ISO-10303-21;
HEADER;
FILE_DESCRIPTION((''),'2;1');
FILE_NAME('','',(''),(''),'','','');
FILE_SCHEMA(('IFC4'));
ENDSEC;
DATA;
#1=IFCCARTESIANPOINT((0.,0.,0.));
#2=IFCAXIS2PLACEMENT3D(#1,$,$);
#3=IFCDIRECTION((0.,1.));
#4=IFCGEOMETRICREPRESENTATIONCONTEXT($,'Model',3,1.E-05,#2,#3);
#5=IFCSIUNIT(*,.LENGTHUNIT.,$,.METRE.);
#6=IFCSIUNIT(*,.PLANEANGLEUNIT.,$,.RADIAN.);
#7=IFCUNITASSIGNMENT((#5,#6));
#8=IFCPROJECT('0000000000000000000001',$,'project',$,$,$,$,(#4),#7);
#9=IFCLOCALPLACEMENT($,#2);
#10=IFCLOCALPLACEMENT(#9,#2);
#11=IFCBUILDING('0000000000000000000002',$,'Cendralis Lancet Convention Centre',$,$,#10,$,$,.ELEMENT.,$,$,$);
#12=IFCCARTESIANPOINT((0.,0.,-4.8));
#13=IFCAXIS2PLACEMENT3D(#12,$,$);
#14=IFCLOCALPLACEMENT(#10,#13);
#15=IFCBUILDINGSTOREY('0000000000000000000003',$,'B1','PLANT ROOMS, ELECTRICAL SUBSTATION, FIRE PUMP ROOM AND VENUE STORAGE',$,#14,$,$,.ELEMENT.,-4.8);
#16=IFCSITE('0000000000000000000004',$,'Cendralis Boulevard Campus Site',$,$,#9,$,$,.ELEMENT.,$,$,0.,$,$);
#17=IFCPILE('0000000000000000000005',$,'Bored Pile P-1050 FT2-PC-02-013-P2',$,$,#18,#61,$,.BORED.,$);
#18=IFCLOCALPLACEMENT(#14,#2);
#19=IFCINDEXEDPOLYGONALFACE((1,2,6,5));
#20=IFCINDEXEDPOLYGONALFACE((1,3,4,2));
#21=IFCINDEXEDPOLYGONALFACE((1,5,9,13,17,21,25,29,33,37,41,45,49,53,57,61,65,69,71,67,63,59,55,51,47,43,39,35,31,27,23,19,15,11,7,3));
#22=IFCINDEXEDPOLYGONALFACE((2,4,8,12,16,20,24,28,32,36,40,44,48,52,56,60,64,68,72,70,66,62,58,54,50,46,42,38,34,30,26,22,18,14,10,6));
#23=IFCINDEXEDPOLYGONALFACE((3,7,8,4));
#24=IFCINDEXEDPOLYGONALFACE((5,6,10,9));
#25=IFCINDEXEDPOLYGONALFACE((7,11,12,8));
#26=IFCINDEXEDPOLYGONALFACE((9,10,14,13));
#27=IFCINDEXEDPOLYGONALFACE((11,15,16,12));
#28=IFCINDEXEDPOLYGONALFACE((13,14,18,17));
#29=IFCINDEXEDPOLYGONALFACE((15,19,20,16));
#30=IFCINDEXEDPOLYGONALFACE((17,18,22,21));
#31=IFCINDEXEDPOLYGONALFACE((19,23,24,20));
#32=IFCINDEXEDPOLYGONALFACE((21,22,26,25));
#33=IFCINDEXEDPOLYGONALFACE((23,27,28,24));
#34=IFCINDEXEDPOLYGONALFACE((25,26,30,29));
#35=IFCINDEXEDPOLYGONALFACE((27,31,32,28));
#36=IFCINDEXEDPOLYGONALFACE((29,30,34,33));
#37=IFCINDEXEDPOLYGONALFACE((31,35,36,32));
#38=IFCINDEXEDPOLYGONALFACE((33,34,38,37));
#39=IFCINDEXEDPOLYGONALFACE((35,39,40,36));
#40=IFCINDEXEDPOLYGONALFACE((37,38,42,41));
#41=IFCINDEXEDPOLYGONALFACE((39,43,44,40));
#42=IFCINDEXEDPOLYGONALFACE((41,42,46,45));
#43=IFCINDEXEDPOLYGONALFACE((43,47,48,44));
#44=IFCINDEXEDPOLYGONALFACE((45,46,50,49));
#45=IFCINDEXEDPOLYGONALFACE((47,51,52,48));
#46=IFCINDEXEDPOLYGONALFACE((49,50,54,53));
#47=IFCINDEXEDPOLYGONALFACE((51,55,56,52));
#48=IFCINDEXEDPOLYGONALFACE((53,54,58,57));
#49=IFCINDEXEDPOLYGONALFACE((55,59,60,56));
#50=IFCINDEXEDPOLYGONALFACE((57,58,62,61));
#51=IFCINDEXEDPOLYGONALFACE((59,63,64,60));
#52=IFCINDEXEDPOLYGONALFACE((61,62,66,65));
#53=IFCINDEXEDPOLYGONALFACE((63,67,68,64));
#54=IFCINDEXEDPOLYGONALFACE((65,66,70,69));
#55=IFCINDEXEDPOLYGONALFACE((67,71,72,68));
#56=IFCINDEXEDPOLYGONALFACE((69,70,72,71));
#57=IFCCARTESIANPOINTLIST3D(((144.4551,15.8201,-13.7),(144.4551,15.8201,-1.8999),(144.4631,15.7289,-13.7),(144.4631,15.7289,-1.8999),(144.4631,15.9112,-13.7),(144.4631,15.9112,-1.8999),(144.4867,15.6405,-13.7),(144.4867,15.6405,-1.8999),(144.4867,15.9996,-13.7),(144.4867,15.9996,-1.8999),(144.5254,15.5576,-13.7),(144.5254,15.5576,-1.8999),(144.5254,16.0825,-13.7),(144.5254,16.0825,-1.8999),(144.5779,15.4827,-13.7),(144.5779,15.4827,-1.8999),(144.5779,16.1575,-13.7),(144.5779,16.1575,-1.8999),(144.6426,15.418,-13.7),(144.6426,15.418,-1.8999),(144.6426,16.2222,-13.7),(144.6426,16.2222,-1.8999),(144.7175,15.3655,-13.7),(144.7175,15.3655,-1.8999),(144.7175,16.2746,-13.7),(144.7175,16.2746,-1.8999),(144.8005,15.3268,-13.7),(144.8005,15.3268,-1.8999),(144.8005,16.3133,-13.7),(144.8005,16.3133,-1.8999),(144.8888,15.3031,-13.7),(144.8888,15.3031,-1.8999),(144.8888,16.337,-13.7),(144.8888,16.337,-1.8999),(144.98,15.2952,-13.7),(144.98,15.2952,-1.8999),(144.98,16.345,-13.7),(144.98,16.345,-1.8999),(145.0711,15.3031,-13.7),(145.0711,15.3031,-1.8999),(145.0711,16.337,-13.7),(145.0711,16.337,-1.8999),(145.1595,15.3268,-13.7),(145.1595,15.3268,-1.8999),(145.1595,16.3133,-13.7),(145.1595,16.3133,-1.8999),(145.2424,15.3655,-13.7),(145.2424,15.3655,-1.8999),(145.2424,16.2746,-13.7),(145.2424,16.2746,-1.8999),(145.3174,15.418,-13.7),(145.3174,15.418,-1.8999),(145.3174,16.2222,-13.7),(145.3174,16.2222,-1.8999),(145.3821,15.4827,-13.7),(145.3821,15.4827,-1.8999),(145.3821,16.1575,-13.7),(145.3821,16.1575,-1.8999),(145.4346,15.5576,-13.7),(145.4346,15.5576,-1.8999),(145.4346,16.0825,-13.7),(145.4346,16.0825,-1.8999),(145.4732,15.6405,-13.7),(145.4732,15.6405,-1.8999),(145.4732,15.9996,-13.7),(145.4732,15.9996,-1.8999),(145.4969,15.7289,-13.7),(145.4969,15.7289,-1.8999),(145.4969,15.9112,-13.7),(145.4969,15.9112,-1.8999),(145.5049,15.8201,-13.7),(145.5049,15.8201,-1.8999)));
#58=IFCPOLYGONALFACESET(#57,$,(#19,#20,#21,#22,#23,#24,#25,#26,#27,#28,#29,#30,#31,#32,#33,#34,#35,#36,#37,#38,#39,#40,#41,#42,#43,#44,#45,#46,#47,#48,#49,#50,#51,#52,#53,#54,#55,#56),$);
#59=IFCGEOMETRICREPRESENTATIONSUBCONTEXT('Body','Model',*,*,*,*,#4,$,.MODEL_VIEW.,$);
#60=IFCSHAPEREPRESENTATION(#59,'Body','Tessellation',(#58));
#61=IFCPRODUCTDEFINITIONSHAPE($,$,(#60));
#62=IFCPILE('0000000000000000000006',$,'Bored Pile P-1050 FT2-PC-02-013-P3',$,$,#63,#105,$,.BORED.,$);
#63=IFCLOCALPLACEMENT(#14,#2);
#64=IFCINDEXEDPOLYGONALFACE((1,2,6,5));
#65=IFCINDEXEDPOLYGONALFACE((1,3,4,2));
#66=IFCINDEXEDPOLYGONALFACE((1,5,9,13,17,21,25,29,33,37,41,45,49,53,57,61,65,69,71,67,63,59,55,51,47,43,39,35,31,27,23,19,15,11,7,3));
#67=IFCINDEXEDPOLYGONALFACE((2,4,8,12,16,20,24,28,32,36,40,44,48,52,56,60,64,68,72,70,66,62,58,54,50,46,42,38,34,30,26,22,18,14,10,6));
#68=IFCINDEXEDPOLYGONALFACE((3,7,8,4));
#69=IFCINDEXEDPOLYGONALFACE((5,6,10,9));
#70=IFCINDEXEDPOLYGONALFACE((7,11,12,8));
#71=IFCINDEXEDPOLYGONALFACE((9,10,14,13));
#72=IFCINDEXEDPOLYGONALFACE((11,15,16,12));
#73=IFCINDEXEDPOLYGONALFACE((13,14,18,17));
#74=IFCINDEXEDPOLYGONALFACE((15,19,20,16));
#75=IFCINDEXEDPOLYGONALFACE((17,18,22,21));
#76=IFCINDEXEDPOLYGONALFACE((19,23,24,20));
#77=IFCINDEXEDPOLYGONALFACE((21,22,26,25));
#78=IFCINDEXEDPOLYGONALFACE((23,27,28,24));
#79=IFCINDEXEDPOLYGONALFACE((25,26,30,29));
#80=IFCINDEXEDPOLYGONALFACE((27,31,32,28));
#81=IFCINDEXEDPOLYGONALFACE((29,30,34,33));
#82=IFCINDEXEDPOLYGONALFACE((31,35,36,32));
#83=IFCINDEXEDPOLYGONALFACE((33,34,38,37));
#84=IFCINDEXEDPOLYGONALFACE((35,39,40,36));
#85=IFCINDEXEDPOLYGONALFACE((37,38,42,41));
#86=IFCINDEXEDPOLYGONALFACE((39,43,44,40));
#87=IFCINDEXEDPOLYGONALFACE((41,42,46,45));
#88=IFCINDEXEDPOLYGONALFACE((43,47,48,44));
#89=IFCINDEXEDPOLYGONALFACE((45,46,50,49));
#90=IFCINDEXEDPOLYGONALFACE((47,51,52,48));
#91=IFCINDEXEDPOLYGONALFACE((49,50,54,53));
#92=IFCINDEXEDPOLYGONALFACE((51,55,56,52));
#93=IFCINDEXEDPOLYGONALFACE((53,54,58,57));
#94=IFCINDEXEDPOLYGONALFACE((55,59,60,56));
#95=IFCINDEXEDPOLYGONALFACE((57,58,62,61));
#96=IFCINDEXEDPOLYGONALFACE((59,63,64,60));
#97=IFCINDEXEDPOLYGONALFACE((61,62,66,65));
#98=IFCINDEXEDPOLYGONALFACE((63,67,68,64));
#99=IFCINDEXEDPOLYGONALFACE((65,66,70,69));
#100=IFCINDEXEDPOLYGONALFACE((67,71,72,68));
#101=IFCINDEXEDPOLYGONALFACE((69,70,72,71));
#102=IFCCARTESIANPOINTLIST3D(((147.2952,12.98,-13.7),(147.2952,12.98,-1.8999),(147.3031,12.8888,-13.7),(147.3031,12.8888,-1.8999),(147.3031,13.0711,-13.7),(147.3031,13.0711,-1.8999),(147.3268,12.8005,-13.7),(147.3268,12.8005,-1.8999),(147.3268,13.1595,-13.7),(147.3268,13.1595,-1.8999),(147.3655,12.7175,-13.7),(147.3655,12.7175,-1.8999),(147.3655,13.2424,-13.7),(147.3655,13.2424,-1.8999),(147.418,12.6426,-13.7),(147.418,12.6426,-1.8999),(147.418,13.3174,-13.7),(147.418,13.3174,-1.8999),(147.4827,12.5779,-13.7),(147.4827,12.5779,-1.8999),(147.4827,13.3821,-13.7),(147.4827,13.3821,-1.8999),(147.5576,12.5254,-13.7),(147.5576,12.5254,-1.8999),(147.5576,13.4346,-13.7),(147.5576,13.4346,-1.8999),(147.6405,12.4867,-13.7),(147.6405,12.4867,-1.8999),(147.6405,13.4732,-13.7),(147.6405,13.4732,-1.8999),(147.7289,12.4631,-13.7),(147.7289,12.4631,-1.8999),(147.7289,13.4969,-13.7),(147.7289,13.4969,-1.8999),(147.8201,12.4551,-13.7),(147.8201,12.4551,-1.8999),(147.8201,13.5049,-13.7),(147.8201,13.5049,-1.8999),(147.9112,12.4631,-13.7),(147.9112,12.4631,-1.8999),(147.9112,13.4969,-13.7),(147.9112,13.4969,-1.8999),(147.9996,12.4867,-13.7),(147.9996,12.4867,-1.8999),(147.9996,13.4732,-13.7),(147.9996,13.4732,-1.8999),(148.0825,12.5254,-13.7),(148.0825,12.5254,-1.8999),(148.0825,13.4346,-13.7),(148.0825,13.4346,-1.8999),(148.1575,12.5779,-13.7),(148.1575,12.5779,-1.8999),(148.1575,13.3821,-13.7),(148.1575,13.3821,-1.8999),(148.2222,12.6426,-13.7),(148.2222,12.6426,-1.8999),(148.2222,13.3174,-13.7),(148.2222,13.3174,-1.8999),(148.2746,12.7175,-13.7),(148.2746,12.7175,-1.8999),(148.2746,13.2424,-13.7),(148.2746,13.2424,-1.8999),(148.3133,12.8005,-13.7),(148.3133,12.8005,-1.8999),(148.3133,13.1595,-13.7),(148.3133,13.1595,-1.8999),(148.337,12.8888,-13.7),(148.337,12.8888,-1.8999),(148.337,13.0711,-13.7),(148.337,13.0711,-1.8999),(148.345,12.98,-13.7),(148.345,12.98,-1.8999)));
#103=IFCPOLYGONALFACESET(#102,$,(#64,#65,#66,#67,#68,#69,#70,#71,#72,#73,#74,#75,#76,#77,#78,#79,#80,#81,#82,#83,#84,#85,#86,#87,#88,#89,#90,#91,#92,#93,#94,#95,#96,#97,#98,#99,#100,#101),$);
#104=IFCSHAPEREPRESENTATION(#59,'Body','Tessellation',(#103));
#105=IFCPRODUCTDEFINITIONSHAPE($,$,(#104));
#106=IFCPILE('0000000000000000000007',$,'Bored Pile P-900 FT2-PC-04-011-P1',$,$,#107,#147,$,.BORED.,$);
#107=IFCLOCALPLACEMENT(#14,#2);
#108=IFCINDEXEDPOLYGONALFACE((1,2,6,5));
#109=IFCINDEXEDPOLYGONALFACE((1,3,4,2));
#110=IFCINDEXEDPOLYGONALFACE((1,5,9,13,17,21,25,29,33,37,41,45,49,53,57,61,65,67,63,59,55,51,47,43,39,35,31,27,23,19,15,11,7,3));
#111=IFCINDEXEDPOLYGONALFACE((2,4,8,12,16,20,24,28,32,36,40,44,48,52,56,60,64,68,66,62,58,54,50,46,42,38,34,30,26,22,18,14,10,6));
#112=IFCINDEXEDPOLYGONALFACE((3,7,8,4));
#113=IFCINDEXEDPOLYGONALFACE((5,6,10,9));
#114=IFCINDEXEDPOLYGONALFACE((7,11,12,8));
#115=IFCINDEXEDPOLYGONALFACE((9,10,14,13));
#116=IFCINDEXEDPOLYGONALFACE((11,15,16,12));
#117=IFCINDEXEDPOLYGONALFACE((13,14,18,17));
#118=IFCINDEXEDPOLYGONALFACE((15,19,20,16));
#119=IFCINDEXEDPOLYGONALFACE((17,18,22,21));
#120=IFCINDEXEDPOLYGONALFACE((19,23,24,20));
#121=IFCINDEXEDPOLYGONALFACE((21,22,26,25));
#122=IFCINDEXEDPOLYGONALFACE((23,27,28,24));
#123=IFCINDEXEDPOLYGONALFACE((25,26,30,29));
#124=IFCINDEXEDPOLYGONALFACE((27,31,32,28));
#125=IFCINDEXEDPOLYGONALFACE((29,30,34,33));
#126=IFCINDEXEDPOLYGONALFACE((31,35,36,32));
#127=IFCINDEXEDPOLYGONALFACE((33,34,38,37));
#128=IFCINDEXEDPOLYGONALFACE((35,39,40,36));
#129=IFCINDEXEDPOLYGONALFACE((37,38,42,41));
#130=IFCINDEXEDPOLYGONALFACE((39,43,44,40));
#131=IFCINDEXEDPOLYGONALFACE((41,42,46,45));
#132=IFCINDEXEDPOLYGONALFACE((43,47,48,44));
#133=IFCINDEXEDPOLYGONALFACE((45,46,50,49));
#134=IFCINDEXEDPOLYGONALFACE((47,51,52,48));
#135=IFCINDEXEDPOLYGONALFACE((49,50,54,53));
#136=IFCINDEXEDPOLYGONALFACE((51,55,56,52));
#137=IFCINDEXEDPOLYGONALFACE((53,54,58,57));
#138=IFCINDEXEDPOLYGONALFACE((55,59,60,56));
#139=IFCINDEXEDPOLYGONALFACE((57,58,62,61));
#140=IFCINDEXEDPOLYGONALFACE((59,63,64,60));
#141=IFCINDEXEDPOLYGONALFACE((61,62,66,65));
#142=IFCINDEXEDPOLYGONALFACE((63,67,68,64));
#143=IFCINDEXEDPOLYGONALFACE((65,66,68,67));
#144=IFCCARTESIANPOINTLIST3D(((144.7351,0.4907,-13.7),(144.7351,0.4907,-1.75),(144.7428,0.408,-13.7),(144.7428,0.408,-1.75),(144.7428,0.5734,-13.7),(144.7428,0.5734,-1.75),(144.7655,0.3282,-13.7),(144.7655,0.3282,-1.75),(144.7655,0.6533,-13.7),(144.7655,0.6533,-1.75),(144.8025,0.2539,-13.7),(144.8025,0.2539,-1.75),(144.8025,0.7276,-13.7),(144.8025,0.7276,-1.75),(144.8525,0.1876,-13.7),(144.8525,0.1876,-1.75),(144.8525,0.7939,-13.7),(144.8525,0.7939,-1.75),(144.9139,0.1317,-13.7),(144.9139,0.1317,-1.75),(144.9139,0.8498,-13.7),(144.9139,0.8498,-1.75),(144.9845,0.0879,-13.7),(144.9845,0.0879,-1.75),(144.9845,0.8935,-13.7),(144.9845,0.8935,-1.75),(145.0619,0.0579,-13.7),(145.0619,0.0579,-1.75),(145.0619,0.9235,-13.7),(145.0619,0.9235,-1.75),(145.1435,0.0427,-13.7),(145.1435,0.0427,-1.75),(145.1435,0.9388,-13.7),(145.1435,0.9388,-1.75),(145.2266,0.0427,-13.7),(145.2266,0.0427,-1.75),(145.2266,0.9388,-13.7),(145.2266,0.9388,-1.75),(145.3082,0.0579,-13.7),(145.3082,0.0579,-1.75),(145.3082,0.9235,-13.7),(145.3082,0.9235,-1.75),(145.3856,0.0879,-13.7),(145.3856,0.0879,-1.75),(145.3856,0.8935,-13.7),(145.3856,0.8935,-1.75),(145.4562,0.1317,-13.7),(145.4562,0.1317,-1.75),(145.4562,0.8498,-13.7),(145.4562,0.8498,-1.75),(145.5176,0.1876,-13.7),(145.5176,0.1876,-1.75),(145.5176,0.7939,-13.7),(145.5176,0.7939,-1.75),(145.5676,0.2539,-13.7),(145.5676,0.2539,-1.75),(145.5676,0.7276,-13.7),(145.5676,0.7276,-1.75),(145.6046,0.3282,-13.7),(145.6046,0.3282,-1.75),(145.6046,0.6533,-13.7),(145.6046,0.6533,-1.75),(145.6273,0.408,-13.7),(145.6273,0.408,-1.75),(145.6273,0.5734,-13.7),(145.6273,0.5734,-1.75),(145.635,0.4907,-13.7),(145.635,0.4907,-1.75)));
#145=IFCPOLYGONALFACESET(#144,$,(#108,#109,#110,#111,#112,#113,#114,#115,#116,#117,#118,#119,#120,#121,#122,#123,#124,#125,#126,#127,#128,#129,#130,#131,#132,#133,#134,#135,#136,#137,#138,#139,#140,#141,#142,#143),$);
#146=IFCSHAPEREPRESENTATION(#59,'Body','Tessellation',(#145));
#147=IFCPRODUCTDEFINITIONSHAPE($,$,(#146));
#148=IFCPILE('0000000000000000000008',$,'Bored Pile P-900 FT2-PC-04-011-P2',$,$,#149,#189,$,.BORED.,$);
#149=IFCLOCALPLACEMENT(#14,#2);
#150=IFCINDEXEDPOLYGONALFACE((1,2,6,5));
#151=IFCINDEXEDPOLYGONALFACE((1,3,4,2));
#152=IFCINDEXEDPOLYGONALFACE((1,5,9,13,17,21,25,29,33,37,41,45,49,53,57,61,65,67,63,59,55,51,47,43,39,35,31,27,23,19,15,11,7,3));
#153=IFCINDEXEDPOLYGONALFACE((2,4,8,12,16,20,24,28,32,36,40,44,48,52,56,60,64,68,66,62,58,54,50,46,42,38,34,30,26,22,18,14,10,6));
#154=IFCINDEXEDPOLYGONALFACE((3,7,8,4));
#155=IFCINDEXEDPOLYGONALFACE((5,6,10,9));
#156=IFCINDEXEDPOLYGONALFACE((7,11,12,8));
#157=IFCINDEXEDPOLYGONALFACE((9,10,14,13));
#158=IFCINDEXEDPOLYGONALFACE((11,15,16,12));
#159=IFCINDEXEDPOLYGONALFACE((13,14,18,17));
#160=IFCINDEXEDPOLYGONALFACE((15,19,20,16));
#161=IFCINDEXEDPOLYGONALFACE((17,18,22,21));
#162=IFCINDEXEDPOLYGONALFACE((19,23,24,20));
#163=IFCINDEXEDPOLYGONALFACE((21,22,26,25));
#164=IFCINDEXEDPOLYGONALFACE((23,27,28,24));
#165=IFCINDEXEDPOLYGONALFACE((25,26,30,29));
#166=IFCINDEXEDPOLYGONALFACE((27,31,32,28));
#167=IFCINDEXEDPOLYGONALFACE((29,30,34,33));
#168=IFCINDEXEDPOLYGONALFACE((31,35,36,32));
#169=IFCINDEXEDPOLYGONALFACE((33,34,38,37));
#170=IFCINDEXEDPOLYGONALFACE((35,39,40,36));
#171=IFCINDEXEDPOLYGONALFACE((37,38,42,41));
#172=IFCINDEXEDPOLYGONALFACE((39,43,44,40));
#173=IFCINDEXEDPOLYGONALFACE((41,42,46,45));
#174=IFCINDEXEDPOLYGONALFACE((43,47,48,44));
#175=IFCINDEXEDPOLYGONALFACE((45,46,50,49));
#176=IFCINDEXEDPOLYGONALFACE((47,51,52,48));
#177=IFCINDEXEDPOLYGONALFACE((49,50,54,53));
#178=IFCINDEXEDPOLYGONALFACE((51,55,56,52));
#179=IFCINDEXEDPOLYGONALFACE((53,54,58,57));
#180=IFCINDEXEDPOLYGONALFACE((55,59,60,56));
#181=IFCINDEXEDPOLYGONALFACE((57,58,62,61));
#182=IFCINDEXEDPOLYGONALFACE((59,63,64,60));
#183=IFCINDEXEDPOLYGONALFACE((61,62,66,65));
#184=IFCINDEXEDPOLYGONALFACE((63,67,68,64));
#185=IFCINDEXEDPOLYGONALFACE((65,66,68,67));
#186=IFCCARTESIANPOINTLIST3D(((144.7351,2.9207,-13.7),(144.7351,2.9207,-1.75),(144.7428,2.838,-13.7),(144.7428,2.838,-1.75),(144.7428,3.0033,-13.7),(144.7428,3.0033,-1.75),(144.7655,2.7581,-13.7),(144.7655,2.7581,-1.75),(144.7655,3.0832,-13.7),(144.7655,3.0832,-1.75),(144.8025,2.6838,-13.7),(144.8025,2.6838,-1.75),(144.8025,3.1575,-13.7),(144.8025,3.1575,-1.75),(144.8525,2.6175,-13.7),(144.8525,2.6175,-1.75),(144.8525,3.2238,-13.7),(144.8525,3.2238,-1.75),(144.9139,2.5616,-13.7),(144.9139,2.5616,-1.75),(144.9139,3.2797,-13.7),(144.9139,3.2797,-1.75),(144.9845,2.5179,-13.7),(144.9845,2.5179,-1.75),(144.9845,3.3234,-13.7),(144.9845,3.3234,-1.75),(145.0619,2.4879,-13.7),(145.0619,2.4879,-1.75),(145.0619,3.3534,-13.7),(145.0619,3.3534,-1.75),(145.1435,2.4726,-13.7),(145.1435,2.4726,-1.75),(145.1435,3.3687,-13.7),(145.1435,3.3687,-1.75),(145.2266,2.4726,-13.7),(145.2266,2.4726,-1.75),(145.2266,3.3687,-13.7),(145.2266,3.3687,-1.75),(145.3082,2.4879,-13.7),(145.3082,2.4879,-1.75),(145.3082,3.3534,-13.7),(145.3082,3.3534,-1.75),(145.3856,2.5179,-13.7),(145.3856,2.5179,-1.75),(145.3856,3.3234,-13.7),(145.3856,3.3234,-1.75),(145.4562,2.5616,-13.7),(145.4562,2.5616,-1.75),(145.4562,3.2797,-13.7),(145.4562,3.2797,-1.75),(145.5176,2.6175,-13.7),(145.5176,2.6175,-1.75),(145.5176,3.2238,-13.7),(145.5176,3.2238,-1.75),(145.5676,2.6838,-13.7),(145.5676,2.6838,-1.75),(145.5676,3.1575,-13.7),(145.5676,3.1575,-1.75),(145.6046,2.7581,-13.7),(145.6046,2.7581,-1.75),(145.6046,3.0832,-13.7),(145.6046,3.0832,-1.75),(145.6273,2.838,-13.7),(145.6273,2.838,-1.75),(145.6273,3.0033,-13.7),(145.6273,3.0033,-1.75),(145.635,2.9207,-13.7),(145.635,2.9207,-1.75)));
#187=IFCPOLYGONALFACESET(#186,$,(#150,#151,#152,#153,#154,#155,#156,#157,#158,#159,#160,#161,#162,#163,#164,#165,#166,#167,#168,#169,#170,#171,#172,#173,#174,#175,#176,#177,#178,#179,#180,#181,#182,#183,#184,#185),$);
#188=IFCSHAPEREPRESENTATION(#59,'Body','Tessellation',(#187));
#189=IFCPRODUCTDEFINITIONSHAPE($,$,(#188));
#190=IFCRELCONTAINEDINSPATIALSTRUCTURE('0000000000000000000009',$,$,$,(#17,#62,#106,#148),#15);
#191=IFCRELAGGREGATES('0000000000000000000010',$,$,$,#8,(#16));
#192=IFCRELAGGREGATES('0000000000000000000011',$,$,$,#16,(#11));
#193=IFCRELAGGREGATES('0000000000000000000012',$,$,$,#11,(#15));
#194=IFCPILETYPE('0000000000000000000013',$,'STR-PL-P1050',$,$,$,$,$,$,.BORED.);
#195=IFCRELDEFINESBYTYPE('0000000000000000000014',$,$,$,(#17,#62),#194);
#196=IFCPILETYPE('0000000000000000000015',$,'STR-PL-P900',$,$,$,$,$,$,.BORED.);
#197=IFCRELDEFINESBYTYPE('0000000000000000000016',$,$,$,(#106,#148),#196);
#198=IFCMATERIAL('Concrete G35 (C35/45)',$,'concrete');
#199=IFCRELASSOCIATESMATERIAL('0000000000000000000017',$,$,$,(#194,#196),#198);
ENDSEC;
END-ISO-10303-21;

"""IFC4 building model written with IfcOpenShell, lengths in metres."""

from ifc_helpers import new_model, si_unit, direction, frame, origin, origin_2d, place, context, subcontext, project, spatial, circle, extrude, material, material_profile, profile_set, type_object, element, save


model = new_model("IFC4")

# Units and contexts
model_context = context("Model", 3, precision=1e-05, world=origin(), true_north=direction((0.0, 1.0)))
body_context = subcontext(model_context, "Body", "Model", "MODEL_VIEW")
ifc_project = project(units=[si_unit("LENGTHUNIT", "METRE"), si_unit("PLANEANGLEUNIT", "RADIAN")], contexts=[model_context])

# Site, building, storey
site_placement = place(None, origin())
site = spatial("IfcSite", under=ifc_project, at=site_placement, Name="Cendralis Boulevard Campus Site", CompositionType="ELEMENT", RefElevation=0.0)
building_placement = place(site_placement, origin())
building = spatial("IfcBuilding", under=site, at=building_placement, Name="Cendralis Lancet Convention Centre", CompositionType="ELEMENT")
storey_placement = place(building_placement, frame((0.0, 0.0, -4.8)))
storey = spatial("IfcBuildingStorey", under=building, at=storey_placement, Name="B1", Description="PLANT ROOMS, ELECTRICAL SUBSTATION, FIRE PUMP ROOM AND VENUE STORAGE", CompositionType="ELEMENT", Elevation=-4.8)

# Shared definitions
ifc_material_1 = material(Name="Concrete G35 (C35/45)", Category="concrete")

# Piles
ifc_material_profile_1 = material_profile(ifc_material_1, circle(Radius=0.5249, at=origin_2d()), Name="BORED PILE D1050")
ifc_profile_set_1 = profile_set([ifc_material_profile_1], Name="Concrete G35 (C35/45)")
pile_type_1 = type_object("IfcPileType", Name="STR-PL-P1050", PredefinedType="BORED", material=ifc_profile_set_1)
for number, where, z_axis, x_axis, name in (
    (1, (144.98, 15.8201, -1.8999), (0.0, 0.0, -1.0), (1.0, 0.0, 0.0), "Bored Pile P-1050 FT2-PC-02-013-P2"),
    (2, (147.8201, 12.98, -1.8999), (0.0, 0.0, -1.0), (1.0, 0.0, 0.0), "Bored Pile P-1050 FT2-PC-02-013-P3"),
):
    element("IfcPile", number, at=place(storey_placement, frame(where, z_axis=z_axis, x_axis=x_axis)), inside=storey, type_object=pile_type_1, Name=name, PredefinedType="BORED", context=body_context, shape_type="SweptSolid", body=[
        extrude(circle(Radius=0.5249, at=origin_2d()), origin(), (0.0, 0.0, 1.0), 11.8),
    ])
ifc_material_profile_2 = material_profile(ifc_material_1, circle(Radius=0.45, at=origin_2d()), Name="BORED PILE D900")
ifc_profile_set_2 = profile_set([ifc_material_profile_2], Name="Concrete G35 (C35/45)")
pile_type_2 = type_object("IfcPileType", Name="STR-PL-P900", PredefinedType="BORED", material=ifc_profile_set_2)
for number, where, z_axis, x_axis, name in (
    (3, (145.1851, 0.4907, -1.75), (0.0, 0.0, -1.0), (1.0, 0.0, 0.0), "Bored Pile P-900 FT2-PC-04-011-P1"),
    (4, (145.1851, 2.9207, -1.75), (0.0, 0.0, -1.0), (1.0, 0.0, 0.0), "Bored Pile P-900 FT2-PC-04-011-P2"),
):
    element("IfcPile", number, at=place(storey_placement, frame(where, z_axis=z_axis, x_axis=x_axis)), inside=storey, type_object=pile_type_2, Name=name, PredefinedType="BORED", context=body_context, shape_type="SweptSolid", body=[
        extrude(circle(Radius=0.45, at=origin_2d()), origin(), (0.0, 0.0, 1.0), 11.95),
    ])

save(model, "model.ifc")
